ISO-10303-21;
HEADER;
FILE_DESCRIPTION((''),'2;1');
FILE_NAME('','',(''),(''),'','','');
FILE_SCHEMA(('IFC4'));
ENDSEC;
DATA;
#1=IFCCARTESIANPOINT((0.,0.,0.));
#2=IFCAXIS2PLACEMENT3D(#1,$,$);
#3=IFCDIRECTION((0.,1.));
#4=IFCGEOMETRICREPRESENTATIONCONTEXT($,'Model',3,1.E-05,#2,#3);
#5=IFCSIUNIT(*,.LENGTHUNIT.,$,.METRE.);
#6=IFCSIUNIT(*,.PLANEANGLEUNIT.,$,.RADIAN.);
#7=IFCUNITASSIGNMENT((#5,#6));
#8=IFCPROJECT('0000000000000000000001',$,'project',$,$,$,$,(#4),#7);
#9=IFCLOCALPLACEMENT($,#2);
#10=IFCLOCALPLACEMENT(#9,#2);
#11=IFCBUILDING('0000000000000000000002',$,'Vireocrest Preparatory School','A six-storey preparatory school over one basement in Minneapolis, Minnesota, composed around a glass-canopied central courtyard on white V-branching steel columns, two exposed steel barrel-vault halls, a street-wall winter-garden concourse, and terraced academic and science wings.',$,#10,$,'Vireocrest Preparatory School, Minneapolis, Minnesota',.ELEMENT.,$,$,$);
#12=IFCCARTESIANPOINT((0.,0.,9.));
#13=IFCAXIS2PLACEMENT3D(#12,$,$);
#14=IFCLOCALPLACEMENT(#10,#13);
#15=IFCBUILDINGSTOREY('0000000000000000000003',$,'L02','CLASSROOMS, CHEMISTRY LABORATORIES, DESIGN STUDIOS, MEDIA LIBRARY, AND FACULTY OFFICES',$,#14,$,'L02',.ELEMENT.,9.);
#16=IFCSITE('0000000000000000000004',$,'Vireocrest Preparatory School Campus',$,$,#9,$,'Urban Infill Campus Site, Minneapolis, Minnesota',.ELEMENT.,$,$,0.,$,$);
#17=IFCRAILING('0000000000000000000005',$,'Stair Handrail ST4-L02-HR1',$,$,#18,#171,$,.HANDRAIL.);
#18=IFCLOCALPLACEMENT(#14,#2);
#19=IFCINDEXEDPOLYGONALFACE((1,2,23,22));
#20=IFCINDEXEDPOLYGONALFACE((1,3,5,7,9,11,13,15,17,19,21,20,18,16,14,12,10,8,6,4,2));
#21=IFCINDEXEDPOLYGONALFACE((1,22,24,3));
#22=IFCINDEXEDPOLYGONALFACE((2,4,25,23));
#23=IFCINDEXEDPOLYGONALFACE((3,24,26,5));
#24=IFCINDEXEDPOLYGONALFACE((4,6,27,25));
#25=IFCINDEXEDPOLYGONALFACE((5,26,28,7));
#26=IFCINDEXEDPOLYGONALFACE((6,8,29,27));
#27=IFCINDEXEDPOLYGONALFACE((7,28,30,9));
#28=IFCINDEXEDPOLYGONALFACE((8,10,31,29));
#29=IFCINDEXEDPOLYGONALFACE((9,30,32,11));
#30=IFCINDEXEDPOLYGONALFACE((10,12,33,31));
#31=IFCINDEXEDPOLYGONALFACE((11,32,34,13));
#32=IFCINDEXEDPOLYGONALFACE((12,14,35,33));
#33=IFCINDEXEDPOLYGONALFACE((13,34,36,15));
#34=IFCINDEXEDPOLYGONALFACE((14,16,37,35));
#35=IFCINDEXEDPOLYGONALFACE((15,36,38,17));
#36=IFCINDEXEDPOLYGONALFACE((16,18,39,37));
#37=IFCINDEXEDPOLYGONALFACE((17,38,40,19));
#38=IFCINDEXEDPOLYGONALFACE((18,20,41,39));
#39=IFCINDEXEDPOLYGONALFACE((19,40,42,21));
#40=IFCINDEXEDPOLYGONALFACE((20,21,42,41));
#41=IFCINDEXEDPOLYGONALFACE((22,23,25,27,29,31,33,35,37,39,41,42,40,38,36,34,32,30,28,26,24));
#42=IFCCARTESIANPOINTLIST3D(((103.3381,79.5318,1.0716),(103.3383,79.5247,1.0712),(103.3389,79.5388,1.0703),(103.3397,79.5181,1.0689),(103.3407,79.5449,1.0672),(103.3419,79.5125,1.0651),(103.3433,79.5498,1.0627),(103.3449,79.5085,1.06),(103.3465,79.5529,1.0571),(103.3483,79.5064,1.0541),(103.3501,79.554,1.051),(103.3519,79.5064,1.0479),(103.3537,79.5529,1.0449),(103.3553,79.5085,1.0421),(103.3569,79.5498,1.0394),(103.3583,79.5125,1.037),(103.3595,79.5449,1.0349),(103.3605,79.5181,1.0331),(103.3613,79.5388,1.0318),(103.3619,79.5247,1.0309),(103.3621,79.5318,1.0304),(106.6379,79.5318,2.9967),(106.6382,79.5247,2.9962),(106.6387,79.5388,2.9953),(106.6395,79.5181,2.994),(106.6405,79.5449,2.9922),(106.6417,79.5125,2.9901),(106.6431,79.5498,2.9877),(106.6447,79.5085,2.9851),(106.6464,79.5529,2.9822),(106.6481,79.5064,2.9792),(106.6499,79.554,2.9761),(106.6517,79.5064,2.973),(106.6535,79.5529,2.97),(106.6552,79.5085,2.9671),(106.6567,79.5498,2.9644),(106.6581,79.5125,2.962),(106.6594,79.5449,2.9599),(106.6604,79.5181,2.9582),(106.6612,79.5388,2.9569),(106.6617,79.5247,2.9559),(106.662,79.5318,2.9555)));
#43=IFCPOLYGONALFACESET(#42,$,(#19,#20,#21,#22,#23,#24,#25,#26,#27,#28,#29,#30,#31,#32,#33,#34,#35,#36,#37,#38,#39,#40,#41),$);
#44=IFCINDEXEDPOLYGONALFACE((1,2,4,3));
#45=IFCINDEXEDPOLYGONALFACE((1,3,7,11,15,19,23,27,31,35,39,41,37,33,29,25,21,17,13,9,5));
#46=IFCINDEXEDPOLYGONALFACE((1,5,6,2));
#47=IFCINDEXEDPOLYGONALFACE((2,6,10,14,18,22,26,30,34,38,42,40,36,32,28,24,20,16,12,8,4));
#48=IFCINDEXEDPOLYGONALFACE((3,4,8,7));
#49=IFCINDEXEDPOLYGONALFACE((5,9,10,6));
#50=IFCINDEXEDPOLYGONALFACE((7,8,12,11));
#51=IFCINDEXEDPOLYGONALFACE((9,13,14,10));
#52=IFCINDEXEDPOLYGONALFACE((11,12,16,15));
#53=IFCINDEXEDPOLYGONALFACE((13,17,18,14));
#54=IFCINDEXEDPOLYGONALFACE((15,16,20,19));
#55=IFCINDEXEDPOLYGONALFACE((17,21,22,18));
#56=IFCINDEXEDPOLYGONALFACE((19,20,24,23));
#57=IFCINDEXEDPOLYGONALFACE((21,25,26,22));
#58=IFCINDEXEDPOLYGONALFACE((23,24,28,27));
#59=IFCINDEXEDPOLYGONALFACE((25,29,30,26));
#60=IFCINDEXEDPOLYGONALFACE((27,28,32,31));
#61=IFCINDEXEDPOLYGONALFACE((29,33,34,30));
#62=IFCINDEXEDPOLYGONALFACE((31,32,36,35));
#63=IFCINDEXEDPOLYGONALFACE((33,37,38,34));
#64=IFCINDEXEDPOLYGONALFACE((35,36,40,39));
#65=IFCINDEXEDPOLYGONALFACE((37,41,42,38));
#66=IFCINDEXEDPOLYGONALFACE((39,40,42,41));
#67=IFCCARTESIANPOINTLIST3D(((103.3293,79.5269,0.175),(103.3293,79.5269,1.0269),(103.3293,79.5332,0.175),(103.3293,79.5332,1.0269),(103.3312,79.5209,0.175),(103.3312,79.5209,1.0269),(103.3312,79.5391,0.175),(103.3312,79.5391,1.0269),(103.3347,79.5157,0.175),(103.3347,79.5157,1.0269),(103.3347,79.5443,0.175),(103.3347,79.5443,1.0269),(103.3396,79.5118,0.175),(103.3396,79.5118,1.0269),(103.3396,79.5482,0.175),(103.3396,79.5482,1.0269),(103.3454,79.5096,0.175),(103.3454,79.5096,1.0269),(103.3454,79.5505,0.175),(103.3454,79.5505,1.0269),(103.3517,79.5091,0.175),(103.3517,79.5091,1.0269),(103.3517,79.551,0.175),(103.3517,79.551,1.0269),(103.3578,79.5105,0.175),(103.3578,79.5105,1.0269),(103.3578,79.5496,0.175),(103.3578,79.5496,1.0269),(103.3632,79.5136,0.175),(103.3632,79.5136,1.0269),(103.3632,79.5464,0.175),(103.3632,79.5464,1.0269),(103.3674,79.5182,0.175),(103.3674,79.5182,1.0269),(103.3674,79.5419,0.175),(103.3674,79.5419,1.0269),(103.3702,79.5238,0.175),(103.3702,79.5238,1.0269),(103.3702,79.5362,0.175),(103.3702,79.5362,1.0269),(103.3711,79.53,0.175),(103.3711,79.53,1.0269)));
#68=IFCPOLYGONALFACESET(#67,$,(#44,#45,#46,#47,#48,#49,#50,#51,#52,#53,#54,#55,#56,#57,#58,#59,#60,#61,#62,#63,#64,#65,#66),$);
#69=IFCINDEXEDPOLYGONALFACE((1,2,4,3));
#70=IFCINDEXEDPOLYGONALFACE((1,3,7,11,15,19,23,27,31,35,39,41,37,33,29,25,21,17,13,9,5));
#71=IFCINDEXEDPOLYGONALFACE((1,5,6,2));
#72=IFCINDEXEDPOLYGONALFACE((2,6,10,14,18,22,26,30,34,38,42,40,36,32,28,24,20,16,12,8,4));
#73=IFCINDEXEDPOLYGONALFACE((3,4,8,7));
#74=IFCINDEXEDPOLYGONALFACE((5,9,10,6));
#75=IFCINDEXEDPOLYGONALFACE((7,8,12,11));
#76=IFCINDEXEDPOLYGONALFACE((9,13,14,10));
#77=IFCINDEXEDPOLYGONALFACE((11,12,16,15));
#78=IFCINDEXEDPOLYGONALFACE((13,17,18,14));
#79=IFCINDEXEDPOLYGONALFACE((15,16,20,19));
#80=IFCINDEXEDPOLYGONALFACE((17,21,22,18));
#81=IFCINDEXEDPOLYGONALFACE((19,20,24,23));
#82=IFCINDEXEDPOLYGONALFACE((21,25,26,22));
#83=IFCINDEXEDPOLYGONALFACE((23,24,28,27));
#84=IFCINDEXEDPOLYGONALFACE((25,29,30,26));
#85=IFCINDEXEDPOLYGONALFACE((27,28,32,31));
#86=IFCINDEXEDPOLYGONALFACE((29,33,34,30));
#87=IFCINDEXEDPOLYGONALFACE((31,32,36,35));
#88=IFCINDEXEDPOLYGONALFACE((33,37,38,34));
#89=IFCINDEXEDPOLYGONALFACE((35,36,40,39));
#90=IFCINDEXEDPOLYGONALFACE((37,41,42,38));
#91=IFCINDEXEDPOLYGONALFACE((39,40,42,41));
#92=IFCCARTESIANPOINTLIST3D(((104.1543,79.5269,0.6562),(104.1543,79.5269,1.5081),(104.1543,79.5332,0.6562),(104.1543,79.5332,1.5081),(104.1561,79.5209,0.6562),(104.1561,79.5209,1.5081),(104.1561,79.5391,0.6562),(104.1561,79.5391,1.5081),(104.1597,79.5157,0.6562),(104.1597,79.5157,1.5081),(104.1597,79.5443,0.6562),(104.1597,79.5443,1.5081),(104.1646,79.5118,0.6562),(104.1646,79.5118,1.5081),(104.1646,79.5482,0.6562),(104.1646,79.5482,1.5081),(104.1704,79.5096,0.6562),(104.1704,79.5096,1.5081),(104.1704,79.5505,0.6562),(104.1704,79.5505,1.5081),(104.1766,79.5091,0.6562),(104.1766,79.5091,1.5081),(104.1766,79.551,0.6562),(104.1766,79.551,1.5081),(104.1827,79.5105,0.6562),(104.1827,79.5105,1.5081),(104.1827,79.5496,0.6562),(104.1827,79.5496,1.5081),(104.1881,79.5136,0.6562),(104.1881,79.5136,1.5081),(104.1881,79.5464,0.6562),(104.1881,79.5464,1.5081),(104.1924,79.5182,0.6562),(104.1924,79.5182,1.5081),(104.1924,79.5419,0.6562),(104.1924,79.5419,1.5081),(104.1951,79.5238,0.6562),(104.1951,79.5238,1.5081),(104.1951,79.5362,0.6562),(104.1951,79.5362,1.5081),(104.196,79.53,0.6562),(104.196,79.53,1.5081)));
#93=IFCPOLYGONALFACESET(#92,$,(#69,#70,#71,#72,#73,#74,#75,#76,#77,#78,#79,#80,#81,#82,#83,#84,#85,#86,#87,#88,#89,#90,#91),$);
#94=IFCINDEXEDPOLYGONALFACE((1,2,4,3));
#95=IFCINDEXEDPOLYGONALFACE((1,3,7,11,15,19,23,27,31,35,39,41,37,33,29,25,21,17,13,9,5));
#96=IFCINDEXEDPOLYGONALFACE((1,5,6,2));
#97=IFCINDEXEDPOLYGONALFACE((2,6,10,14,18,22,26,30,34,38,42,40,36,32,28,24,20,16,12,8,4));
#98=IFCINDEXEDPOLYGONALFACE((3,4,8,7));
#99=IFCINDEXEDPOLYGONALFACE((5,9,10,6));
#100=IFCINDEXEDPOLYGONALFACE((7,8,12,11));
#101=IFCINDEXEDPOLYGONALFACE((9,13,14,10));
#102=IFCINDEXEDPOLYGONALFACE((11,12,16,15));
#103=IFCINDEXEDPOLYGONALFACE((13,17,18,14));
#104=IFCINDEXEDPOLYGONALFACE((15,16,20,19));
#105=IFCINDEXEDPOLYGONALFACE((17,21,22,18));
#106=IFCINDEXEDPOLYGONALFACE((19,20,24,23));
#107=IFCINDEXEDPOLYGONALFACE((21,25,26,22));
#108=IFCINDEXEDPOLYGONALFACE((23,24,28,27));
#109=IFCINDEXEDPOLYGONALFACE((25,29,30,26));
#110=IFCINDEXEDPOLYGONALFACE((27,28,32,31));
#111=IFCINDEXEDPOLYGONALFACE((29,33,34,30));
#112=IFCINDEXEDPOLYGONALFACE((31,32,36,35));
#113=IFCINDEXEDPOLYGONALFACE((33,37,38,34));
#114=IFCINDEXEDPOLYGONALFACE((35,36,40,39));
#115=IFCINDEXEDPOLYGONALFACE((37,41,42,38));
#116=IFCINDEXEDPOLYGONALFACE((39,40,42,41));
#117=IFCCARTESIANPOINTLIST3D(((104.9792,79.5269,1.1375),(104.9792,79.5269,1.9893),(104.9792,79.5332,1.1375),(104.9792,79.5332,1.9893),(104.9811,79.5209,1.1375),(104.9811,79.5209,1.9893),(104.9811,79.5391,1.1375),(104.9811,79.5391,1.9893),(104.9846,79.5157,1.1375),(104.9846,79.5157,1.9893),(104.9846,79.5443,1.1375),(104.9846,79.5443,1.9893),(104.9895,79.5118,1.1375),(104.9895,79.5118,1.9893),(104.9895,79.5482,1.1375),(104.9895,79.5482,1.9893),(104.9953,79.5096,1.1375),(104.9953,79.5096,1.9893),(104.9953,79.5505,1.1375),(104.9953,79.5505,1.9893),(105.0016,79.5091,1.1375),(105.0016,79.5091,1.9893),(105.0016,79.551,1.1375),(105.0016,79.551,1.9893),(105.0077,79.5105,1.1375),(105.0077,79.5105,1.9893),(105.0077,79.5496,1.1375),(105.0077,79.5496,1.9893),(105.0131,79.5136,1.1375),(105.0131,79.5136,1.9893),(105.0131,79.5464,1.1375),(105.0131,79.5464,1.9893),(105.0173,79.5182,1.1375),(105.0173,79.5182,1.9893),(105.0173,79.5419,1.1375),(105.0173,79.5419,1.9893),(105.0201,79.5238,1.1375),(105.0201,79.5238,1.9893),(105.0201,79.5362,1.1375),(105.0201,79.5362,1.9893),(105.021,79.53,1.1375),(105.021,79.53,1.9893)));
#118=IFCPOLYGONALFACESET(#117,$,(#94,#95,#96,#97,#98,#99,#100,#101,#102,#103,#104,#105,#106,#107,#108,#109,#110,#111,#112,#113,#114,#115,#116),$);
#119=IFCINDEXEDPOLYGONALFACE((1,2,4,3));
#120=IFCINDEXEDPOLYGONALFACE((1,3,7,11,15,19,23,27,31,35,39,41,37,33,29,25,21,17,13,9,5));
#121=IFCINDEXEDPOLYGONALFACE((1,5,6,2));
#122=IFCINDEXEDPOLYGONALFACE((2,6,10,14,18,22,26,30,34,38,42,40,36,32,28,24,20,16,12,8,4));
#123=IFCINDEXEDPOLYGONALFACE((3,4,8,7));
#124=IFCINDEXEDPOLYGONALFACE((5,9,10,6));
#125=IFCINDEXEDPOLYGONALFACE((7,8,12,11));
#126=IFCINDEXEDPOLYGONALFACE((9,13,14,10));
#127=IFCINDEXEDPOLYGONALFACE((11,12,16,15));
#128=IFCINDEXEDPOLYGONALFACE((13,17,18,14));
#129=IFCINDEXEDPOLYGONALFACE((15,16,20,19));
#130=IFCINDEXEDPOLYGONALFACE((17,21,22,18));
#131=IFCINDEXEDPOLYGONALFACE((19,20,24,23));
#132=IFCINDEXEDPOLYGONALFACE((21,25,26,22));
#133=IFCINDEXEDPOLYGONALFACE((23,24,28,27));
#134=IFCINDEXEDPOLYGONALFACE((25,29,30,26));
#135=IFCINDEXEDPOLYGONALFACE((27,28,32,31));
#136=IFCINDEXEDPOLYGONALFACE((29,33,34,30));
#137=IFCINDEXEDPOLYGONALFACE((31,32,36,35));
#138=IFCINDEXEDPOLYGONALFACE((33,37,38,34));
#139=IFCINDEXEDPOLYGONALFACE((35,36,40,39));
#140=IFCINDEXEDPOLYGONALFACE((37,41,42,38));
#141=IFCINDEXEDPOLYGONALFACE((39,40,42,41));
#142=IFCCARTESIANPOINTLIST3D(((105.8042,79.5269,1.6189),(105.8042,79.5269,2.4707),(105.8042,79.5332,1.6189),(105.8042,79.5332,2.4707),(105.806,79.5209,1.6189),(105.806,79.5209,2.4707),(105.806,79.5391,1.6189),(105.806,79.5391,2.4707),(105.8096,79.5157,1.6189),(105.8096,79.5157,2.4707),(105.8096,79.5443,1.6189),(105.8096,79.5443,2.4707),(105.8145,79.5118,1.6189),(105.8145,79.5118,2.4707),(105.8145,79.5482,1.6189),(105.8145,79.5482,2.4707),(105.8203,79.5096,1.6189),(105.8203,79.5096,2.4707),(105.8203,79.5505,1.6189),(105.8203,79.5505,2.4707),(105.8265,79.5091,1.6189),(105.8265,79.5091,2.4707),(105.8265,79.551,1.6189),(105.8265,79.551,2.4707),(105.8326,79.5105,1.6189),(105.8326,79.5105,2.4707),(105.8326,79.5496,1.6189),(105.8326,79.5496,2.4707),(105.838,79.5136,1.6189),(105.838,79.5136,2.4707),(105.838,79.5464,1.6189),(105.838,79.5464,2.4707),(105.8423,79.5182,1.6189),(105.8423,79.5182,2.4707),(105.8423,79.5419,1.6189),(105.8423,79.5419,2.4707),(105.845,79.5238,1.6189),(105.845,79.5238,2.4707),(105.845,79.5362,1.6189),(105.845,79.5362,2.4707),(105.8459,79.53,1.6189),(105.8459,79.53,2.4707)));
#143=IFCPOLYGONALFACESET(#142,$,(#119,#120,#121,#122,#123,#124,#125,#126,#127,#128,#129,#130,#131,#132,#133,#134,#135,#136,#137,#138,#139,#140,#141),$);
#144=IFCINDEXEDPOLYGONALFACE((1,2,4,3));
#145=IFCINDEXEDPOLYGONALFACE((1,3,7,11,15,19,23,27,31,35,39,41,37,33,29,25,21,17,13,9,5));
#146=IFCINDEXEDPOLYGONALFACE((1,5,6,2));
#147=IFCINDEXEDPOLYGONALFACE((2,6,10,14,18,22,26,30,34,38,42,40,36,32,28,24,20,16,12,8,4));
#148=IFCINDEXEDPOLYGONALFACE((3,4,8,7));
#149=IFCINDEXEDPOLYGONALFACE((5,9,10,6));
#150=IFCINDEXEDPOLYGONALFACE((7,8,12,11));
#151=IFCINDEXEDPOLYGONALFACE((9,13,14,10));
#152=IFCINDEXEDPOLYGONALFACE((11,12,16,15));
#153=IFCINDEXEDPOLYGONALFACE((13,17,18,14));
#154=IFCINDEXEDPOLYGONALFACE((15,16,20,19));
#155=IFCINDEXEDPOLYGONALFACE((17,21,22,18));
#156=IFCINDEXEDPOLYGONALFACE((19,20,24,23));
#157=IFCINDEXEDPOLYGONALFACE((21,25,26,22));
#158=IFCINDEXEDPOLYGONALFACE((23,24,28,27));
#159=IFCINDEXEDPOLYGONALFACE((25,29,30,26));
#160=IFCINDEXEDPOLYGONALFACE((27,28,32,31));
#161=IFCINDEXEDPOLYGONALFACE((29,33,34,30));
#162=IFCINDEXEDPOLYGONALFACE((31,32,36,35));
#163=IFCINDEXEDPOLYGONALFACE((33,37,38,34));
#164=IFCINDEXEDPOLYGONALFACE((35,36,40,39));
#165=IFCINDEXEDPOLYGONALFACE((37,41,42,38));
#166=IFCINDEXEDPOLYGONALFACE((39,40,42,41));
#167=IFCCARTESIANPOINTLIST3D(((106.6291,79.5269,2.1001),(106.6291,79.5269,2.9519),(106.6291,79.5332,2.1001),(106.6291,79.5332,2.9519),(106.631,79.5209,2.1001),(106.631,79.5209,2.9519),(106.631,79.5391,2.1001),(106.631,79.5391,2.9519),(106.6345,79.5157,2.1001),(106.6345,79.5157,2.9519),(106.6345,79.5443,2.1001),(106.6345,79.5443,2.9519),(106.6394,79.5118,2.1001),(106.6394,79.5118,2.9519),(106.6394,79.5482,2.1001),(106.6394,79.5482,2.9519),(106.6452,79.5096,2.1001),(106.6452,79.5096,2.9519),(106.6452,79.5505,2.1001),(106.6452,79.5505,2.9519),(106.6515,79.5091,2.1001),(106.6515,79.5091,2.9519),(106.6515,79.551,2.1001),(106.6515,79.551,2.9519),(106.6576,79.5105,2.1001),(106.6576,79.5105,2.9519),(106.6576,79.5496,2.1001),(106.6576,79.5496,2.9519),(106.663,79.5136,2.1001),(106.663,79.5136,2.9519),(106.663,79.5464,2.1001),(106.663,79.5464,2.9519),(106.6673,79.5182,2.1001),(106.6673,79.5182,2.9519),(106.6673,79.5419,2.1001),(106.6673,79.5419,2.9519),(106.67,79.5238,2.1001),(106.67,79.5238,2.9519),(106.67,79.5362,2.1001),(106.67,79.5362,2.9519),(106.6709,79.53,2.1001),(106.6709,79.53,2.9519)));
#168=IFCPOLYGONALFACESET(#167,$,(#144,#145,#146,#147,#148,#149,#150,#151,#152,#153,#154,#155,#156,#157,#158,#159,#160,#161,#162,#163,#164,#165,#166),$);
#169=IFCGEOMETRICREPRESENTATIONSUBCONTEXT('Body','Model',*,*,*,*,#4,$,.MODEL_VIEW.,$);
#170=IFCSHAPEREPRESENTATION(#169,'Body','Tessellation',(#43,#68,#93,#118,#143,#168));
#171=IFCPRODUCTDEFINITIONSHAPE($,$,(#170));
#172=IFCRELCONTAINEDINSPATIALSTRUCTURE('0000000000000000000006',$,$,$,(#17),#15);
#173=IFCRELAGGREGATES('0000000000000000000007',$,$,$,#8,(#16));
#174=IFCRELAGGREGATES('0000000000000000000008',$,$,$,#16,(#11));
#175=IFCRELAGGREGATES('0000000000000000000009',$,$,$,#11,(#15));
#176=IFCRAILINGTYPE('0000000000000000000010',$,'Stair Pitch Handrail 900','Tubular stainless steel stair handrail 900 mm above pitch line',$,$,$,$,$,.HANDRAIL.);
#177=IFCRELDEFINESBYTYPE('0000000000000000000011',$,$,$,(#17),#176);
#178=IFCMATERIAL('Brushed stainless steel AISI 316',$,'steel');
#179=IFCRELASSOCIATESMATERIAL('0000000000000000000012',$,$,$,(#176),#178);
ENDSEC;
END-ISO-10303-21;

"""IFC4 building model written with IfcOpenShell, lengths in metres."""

from ifc_helpers import new_model, si_unit, direction, frame, origin, origin_2d, place, context, subcontext, project, spatial, circle, extrude, material, type_object, element, save


model = new_model("IFC4")

# Units and contexts
model_context = context("Model", 3, precision=1e-05, world=origin(), true_north=direction((0.0, 1.0)))
body_context = subcontext(model_context, "Body", "Model", "MODEL_VIEW")
ifc_project = project(units=[si_unit("LENGTHUNIT", "METRE"), si_unit("PLANEANGLEUNIT", "RADIAN")], contexts=[model_context])

# Site, building, storey
site_placement = place(None, origin())
site = spatial("IfcSite", under=ifc_project, at=site_placement, Name="Vireocrest Preparatory School Campus", LongName="Urban Infill Campus Site, Minneapolis, Minnesota", CompositionType="ELEMENT", RefElevation=0.0)
building_placement = place(site_placement, origin())
building = spatial("IfcBuilding", under=site, at=building_placement, Name="Vireocrest Preparatory School", Description="A six-storey preparatory school over one basement in Minneapolis, Minnesota, composed around a glass-canopied central courtyard on white V-branching steel columns, two exposed steel barrel-vault halls, a street-wall winter-garden concourse, and terraced academic and science wings.", LongName="Vireocrest Preparatory School, Minneapolis, Minnesota", CompositionType="ELEMENT")
storey_placement = place(building_placement, frame((0.0, 0.0, 9.0)))
storey = spatial("IfcBuildingStorey", under=building, at=storey_placement, Name="L02", Description="CLASSROOMS, CHEMISTRY LABORATORIES, DESIGN STUDIOS, MEDIA LIBRARY, AND FACULTY OFFICES", LongName="L02", CompositionType="ELEMENT", Elevation=9.0)

# Railing
ifc_material_1 = material(Name="Brushed stainless steel AISI 316", Category="steel")
railing_type = type_object("IfcRailingType", Name="Stair Pitch Handrail 900", Description="Tubular stainless steel stair handrail 900 mm above pitch line", PredefinedType="HANDRAIL", material=ifc_material_1)
railing_placement = place(storey_placement, frame((103.3501, 79.53, 0.175)))
element("IfcRailing", 1, at=railing_placement, inside=storey, type_object=railing_type, Name="Stair Handrail ST4-L02-HR1", PredefinedType="HANDRAIL", context=body_context, shape_type="SweptSolid", body=[
    extrude(circle(Radius=0.0239, at=origin_2d()), frame((0.0, 0.0, 0.876), z_axis=(0.86376, 0.0, 0.503903), x_axis=(0.0, 1.0, 0.0)), (0.0, 0.0, 1.0), 3.8203),
    extrude(circle(Radius=0.021, at=origin_2d()), origin(), (0.0, 0.0, 1.0), 0.8518),
    extrude(circle(Radius=0.021, at=origin_2d()), frame((0.825, 0.0, 0.4812)), (0.0, 0.0, 1.0), 0.8518),
    extrude(circle(Radius=0.021, at=origin_2d()), frame((1.6499, 0.0, 0.9624)), (0.0, 0.0, 1.0), 0.8518),
    extrude(circle(Radius=0.021, at=origin_2d()), frame((2.4749, 0.0, 1.4438)), (0.0, 0.0, 1.0), 0.8518),
    extrude(circle(Radius=0.021, at=origin_2d()), frame((3.2998, 0.0, 1.925)), (0.0, 0.0, 1.0), 0.8518),
])

save(model, "model.ifc")
